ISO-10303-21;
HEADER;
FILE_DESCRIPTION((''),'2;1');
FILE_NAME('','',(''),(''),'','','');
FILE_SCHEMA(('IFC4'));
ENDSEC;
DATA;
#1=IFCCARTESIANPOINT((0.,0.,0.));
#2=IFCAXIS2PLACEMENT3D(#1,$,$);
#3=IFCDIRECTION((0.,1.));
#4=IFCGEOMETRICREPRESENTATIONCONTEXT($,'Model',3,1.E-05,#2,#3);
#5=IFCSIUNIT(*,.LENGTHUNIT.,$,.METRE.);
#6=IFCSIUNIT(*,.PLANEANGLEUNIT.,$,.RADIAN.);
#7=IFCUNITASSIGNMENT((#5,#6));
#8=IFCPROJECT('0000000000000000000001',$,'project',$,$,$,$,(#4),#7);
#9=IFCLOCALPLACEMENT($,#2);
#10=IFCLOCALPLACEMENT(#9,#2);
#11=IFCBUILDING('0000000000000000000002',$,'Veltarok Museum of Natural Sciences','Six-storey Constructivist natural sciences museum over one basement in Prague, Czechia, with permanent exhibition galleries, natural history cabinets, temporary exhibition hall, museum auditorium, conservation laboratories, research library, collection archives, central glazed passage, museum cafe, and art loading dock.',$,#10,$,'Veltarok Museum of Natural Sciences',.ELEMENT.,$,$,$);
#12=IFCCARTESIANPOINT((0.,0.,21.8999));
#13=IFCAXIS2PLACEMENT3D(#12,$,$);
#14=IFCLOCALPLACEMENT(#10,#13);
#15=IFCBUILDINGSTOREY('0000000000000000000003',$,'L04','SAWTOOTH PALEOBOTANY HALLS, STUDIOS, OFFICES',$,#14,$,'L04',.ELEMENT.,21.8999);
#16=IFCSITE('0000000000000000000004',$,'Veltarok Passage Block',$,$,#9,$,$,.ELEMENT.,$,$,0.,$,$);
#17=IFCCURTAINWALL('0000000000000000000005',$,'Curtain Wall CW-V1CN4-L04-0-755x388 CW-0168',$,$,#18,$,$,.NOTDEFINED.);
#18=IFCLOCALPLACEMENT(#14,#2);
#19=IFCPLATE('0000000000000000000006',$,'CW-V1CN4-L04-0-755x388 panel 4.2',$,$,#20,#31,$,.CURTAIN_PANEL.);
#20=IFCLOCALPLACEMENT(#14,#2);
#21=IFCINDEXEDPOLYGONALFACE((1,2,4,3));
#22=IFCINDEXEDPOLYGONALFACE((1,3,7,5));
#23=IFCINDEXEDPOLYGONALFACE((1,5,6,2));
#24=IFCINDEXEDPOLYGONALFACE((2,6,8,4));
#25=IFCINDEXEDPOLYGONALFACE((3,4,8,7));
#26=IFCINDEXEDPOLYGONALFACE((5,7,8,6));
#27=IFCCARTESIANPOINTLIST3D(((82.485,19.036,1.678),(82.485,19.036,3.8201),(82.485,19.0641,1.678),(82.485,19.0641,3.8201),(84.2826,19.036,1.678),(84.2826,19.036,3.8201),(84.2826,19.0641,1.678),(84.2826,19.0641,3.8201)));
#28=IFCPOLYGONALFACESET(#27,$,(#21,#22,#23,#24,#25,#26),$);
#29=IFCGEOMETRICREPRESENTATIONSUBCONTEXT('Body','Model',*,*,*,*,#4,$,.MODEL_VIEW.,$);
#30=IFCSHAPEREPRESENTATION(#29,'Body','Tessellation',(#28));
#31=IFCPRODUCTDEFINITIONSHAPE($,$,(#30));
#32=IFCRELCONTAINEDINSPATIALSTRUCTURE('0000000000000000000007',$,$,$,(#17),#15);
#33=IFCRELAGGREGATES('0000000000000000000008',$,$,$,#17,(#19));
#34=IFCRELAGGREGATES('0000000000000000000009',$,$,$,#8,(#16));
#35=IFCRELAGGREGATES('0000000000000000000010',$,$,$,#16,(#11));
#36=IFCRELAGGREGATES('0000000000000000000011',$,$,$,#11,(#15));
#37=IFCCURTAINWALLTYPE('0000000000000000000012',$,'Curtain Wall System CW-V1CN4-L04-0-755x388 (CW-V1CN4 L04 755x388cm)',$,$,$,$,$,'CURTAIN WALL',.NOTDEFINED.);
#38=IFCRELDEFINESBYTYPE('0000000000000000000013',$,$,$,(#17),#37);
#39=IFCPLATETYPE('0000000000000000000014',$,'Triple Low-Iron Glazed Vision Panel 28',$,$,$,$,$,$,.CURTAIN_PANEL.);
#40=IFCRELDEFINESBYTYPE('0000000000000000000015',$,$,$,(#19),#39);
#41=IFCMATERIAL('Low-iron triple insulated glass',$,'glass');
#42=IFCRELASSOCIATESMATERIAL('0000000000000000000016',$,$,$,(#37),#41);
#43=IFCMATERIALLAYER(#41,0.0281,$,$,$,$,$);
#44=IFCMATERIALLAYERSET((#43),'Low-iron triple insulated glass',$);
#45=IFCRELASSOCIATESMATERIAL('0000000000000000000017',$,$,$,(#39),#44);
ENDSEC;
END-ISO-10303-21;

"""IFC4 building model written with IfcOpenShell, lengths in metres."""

from ifc_helpers import new_model, si_unit, direction, frame, origin, origin_2d, place, context, subcontext, project, spatial, rectangle, extrude, material, layer, layer_set, type_object, element, aggregate, save


model = new_model("IFC4")

# Units and contexts
model_context = context("Model", 3, precision=1e-05, world=origin(), true_north=direction((0.0, 1.0)))
body_context = subcontext(model_context, "Body", "Model", "MODEL_VIEW")
ifc_project = project(units=[si_unit("LENGTHUNIT", "METRE"), si_unit("PLANEANGLEUNIT", "RADIAN")], contexts=[model_context])

# Site, building, storey
site_placement = place(None, origin())
site = spatial("IfcSite", under=ifc_project, at=site_placement, Name="Veltarok Passage Block", CompositionType="ELEMENT", RefElevation=0.0)
building_placement = place(site_placement, origin())
building = spatial("IfcBuilding", under=site, at=building_placement, Name="Veltarok Museum of Natural Sciences", Description="Six-storey Constructivist natural sciences museum over one basement in Prague, Czechia, with permanent exhibition galleries, natural history cabinets, temporary exhibition hall, museum auditorium, conservation laboratories, research library, collection archives, central glazed passage, museum cafe, and art loading dock.", LongName="Veltarok Museum of Natural Sciences", CompositionType="ELEMENT")
storey_placement = place(building_placement, frame((0.0, 0.0, 21.8999)))
storey = spatial("IfcBuildingStorey", under=building, at=storey_placement, Name="L04", Description="SAWTOOTH PALEOBOTANY HALLS, STUDIOS, OFFICES", LongName="L04", CompositionType="ELEMENT", Elevation=21.8999)

# Curtain wall
ifc_material_1 = material(Name="Low-iron triple insulated glass", Category="glass")
curtain_wall_type_1 = type_object("IfcCurtainWallType", Name="Curtain Wall System CW-V1CN4-L04-0-755x388 (CW-V1CN4 L04 755x388cm)", ElementType="CURTAIN WALL", PredefinedType="NOTDEFINED", material=ifc_material_1)
curtain_wall_1_placement = place(storey_placement, origin())
curtain_wall_1 = element("IfcCurtainWall", 1, at=curtain_wall_1_placement, inside=storey, type_object=curtain_wall_type_1, Name="Curtain Wall CW-V1CN4-L04-0-755x388 CW-0168", PredefinedType="NOTDEFINED")

# Plate
ifc_layer = layer(ifc_material_1, 0.0281)
ifc_layer_set = layer_set([ifc_layer], Name="Low-iron triple insulated glass")
plate_type = type_object("IfcPlateType", Name="Triple Low-Iron Glazed Vision Panel 28", PredefinedType="CURTAIN_PANEL", material=ifc_layer_set)
plate_1_placement = place(storey_placement, frame((83.3838, 19.05, 1.678), z_axis=(0.0, 0.0, 1.0), x_axis=(-1.0, 0.0, 0.0)))
plate_1 = element("IfcPlate", 2, at=plate_1_placement, type_object=plate_type, Name="CW-V1CN4-L04-0-755x388 panel 4.2", PredefinedType="CURTAIN_PANEL", context=body_context, shape_type="SweptSolid", body=[
    extrude(rectangle(XDim=1.7976, YDim=0.0281, at=origin_2d()), origin(), (0.0, 0.0, 1.0), 2.1421),
])
aggregate(curtain_wall_1, [plate_1])

save(model, "model.ifc")
